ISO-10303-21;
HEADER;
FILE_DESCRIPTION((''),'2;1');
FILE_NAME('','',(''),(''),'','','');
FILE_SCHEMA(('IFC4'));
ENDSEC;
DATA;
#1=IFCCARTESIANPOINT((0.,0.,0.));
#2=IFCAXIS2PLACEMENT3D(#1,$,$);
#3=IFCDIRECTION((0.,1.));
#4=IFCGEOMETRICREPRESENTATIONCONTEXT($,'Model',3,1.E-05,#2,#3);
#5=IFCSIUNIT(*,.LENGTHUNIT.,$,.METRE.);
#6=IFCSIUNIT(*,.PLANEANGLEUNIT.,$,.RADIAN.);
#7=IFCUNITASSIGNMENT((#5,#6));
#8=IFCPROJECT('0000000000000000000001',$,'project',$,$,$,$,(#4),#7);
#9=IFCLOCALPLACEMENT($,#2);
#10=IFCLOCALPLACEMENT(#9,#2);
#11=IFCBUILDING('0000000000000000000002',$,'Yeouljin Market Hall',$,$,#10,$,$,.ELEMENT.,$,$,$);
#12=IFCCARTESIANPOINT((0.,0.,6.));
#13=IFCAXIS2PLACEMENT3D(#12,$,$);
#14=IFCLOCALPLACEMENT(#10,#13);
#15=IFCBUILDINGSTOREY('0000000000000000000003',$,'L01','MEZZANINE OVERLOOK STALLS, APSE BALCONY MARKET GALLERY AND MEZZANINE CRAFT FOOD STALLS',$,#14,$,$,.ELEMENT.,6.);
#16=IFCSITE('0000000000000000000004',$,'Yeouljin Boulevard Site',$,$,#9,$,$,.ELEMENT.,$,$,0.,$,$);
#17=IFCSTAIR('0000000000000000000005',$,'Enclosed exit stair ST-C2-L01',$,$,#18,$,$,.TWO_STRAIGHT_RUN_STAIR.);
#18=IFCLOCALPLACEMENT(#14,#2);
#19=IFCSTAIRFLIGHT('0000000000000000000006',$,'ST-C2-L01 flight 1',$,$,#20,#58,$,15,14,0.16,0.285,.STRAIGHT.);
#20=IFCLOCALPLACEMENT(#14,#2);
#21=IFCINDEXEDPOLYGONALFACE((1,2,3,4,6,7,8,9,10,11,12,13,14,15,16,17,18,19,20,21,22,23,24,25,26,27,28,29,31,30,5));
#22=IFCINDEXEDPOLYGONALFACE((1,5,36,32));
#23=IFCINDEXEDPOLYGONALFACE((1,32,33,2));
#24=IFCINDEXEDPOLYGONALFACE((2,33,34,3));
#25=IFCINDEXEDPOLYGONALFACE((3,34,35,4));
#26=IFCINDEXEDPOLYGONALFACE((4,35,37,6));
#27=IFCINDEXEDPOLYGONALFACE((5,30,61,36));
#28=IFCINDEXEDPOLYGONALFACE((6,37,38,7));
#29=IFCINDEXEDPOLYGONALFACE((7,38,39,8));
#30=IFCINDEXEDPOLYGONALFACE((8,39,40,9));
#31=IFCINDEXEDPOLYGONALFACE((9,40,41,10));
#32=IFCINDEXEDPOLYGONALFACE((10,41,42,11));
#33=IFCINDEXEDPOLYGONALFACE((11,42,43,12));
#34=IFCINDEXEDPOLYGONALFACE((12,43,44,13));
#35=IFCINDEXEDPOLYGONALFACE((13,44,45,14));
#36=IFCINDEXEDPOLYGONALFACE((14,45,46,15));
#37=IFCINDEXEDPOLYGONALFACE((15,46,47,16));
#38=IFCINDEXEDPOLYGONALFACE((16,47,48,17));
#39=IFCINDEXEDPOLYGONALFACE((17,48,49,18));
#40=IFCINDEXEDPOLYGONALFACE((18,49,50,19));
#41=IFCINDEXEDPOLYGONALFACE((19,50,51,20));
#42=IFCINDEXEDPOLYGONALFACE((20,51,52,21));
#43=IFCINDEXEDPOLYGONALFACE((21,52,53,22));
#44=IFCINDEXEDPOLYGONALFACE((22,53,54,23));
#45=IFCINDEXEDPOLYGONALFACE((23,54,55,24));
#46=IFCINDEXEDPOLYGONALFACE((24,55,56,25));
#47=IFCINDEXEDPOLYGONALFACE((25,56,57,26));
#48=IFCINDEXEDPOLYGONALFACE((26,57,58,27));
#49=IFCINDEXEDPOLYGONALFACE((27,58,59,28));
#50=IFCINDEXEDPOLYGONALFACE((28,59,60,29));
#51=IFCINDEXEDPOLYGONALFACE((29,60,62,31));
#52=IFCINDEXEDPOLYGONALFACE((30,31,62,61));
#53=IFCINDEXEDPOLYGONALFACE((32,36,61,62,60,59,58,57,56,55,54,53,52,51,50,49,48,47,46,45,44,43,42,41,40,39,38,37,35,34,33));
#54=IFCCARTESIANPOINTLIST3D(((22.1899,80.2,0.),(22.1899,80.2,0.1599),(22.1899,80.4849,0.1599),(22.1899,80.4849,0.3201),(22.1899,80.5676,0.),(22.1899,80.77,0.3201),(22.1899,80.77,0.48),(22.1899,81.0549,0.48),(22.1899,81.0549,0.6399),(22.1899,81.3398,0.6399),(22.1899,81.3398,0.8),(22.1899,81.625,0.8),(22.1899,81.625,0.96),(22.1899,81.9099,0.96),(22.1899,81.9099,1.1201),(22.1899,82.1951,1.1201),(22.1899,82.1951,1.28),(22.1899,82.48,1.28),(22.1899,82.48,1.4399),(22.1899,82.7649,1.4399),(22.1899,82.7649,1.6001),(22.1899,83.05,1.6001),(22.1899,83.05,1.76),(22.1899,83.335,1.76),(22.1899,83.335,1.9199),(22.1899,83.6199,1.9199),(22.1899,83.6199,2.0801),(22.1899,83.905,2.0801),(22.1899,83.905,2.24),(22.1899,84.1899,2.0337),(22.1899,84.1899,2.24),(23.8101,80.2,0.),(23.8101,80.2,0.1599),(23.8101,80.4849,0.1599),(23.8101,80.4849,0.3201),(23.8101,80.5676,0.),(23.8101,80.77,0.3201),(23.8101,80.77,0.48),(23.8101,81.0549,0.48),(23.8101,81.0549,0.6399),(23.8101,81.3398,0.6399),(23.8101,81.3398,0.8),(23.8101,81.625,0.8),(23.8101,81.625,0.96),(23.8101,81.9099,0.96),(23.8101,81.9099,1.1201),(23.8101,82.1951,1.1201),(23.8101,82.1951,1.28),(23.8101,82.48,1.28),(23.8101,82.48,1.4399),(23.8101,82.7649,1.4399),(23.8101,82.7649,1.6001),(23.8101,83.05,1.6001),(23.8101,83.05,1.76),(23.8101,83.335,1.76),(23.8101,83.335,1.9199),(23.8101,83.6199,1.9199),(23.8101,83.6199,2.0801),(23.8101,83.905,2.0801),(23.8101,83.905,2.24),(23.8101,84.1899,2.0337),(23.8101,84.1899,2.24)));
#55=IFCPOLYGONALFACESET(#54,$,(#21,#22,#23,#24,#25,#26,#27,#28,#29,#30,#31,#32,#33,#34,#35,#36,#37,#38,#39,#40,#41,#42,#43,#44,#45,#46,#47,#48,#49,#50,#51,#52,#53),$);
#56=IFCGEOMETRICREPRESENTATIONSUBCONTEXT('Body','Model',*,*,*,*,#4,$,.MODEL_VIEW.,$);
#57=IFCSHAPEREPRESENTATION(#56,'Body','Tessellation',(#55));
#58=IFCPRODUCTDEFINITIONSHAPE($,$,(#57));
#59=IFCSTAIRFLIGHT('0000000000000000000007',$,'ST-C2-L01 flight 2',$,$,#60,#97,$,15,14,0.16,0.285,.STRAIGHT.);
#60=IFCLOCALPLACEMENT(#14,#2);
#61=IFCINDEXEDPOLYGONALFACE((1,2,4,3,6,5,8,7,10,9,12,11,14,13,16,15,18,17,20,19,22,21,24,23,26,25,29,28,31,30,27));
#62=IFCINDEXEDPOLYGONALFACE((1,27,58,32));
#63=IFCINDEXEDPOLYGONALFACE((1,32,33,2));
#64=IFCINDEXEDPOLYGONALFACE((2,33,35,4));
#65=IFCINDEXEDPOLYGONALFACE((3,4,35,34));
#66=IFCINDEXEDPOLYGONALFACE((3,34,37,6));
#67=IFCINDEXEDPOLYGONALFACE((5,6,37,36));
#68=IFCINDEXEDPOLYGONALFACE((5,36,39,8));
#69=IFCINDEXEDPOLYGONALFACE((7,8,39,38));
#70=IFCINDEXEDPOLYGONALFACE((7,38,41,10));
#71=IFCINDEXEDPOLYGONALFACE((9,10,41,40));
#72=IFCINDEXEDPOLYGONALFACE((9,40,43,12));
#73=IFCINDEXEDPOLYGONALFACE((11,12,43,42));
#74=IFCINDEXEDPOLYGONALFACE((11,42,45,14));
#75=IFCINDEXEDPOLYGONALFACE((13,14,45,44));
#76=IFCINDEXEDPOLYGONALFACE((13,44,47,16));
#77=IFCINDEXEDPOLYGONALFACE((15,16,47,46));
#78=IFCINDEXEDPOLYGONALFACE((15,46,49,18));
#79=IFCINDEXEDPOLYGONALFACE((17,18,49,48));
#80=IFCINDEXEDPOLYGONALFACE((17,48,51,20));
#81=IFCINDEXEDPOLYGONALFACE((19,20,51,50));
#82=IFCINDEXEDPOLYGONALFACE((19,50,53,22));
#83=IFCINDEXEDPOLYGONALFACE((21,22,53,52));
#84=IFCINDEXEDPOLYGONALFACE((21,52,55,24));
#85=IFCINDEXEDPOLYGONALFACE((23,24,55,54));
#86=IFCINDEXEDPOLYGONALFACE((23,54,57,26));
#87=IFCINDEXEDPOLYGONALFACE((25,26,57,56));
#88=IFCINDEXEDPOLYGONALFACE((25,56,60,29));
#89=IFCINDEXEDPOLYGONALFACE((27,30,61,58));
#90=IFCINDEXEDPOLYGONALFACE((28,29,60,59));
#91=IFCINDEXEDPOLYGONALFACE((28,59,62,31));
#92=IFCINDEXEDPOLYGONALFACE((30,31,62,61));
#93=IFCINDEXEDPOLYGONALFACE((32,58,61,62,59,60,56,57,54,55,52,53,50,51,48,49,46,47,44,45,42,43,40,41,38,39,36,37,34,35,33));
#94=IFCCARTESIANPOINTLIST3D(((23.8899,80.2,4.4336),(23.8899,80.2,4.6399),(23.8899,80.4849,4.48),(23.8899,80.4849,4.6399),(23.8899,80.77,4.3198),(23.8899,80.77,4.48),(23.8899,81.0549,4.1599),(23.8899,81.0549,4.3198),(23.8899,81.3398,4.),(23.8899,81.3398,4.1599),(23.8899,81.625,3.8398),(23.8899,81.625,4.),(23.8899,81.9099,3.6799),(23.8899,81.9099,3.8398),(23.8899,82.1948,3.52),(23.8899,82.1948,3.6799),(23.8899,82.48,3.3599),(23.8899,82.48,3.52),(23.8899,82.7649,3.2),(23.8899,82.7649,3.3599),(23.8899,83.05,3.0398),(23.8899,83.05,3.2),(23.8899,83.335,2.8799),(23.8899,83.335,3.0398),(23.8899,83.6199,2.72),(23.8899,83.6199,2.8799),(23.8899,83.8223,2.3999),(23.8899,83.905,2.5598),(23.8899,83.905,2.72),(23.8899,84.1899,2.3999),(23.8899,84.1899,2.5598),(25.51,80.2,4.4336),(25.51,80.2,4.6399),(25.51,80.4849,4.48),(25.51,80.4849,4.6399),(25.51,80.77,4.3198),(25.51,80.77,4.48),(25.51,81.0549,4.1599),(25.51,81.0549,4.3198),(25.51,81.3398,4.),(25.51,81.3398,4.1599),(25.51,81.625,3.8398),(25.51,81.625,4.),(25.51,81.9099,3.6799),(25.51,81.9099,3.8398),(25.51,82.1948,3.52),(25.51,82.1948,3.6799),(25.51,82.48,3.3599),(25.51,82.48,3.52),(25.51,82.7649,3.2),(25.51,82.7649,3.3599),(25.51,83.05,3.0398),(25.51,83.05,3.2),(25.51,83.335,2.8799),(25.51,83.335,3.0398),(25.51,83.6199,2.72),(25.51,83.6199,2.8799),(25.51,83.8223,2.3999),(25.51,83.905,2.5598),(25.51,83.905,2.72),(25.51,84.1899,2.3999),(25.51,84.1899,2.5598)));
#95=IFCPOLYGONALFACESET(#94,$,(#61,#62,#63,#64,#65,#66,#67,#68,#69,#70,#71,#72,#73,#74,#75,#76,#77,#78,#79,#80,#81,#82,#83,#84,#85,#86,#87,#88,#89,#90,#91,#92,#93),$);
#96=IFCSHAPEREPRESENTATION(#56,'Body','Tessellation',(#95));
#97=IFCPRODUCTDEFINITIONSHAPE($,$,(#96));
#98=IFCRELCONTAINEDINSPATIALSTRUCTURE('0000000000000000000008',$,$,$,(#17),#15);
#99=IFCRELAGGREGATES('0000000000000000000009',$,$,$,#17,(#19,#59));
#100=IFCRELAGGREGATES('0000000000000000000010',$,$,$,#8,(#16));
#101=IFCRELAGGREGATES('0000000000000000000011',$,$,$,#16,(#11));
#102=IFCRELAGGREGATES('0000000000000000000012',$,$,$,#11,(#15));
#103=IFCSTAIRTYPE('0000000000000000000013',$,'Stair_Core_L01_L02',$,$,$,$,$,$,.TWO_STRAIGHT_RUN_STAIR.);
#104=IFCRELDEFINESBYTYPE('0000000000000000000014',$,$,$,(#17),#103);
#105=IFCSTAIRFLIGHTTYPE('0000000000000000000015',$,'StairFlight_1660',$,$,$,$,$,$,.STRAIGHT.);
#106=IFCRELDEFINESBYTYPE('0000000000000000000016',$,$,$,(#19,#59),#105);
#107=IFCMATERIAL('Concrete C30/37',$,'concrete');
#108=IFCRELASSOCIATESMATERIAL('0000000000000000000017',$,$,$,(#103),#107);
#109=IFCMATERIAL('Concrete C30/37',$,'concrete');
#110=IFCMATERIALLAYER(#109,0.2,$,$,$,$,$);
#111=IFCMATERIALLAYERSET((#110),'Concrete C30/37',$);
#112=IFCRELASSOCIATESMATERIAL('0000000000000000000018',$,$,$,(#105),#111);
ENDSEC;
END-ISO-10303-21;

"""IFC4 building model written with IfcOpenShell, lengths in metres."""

from ifc_helpers import new_model, si_unit, direction, frame, origin, place, context, subcontext, project, spatial, polyline, outline, extrude, material, layer, layer_set, type_object, element, aggregate, save


model = new_model("IFC4")

# Units and contexts
model_context = context("Model", 3, precision=1e-05, world=origin(), true_north=direction((0.0, 1.0)))
body_context = subcontext(model_context, "Body", "Model", "MODEL_VIEW")
ifc_project = project(units=[si_unit("LENGTHUNIT", "METRE"), si_unit("PLANEANGLEUNIT", "RADIAN")], contexts=[model_context])

# Site, building, storey
site_placement = place(None, origin())
site = spatial("IfcSite", under=ifc_project, at=site_placement, Name="Yeouljin Boulevard Site", CompositionType="ELEMENT", RefElevation=0.0)
building_placement = place(site_placement, origin())
building = spatial("IfcBuilding", under=site, at=building_placement, Name="Yeouljin Market Hall", CompositionType="ELEMENT")
storey_placement = place(building_placement, frame((0.0, 0.0, 6.0)))
storey = spatial("IfcBuildingStorey", under=building, at=storey_placement, Name="L01", Description="MEZZANINE OVERLOOK STALLS, APSE BALCONY MARKET GALLERY AND MEZZANINE CRAFT FOOD STALLS", CompositionType="ELEMENT", Elevation=6.0)

# Stair, stair flights
ifc_material_1 = material(Name="Concrete C30/37", Category="concrete")
stair_type = type_object("IfcStairType", Name="Stair_Core_L01_L02", PredefinedType="TWO_STRAIGHT_RUN_STAIR", material=ifc_material_1)
stair_placement = place(storey_placement, origin())
stair = element("IfcStair", 1, at=stair_placement, inside=storey, type_object=stair_type, Name="Enclosed exit stair ST-C2-L01", PredefinedType="TWO_STRAIGHT_RUN_STAIR")
ifc_material_2 = material(Name="Concrete C30/37", Category="concrete")
ifc_layer_1 = layer(ifc_material_2, 0.2)
ifc_layer_set_1 = layer_set([ifc_layer_1], Name="Concrete C30/37")
stair_flight_type = type_object("IfcStairFlightType", Name="StairFlight_1660", PredefinedType="STRAIGHT", material=ifc_layer_set_1)
stair_flight_1_placement = place(storey_placement, frame((23.0, 80.2, 0.0), z_axis=(0.0, 0.0, 1.0), x_axis=(0.0, 1.0, 0.0)))
stair_flight_1 = element("IfcStairFlight", 2, at=stair_flight_1_placement, type_object=stair_flight_type, Name="ST-C2-L01 flight 1", NumberOfRisers=15, NumberOfTreads=14, PredefinedType="STRAIGHT", RiserHeight=0.16, TreadLength=0.285, context=body_context, shape_type="SweptSolid", body=[
    extrude(outline(polyline([(0.0, 0.0), (0.0, 0.1599), (0.2849, 0.1599), (0.2849, 0.3201), (0.5701, 0.3201), (0.5701, 0.48), (0.855, 0.48), (0.855, 0.6399), (1.1399, 0.6399), (1.1399, 0.8), (1.425, 0.8), (1.425, 0.96), (1.71, 0.96), (1.71, 1.1201), (1.9951, 1.1201), (1.9951, 1.28), (2.28, 1.28), (2.28, 1.4399), (2.5649, 1.4399), (2.5649, 1.6001), (2.8501, 1.6001), (2.8501, 1.76), (3.135, 1.76), (3.135, 1.9199), (3.4199, 1.9199), (3.4199, 2.0801), (3.7051, 2.0801), (3.7051, 2.24), (3.99, 2.24), (3.99, 2.3999), (3.99, 2.0337), (0.3677, 0.0), (0.0, 0.0)])), frame((0.0, 0.8101, 0.0), z_axis=(0.0, -1.0, 0.0), x_axis=(1.0, 0.0, 0.0)), (0.0, 0.0, 1.0), 1.6201),
])
stair_flight_2_placement = place(storey_placement, frame((24.7, 84.1899, 2.3999), z_axis=(0.0, 0.0, 1.0), x_axis=(0.0, -1.0, 0.0)))
stair_flight_2 = element("IfcStairFlight", 3, at=stair_flight_2_placement, type_object=stair_flight_type, Name="ST-C2-L01 flight 2", NumberOfRisers=15, NumberOfTreads=14, PredefinedType="STRAIGHT", RiserHeight=0.16, TreadLength=0.285, context=body_context, shape_type="SweptSolid", body=[
    extrude(outline(polyline([(0.0, 0.0), (0.0, 0.1599), (0.2849, 0.1599), (0.2849, 0.3201), (0.5701, 0.3201), (0.5701, 0.48), (0.855, 0.48), (0.855, 0.6399), (1.1399, 0.6399), (1.1399, 0.8), (1.425, 0.8), (1.425, 0.96), (1.71, 0.96), (1.71, 1.1201), (1.9951, 1.1201), (1.9951, 1.28), (2.28, 1.28), (2.28, 1.4399), (2.5649, 1.4399), (2.5649, 1.6001), (2.8501, 1.6001), (2.8501, 1.76), (3.135, 1.76), (3.135, 1.9199), (3.4199, 1.9199), (3.4199, 2.0801), (3.7051, 2.0801), (3.7051, 2.24), (3.99, 2.24), (3.99, 2.3999), (3.99, 2.0337), (0.3677, 0.0), (0.0, 0.0)])), frame((0.0, 0.8101, 0.0), z_axis=(0.0, -1.0, 0.0), x_axis=(1.0, 0.0, 0.0)), (0.0, 0.0, 1.0), 1.6201),
])
aggregate(stair, [stair_flight_1, stair_flight_2])

save(model, "model.ifc")
